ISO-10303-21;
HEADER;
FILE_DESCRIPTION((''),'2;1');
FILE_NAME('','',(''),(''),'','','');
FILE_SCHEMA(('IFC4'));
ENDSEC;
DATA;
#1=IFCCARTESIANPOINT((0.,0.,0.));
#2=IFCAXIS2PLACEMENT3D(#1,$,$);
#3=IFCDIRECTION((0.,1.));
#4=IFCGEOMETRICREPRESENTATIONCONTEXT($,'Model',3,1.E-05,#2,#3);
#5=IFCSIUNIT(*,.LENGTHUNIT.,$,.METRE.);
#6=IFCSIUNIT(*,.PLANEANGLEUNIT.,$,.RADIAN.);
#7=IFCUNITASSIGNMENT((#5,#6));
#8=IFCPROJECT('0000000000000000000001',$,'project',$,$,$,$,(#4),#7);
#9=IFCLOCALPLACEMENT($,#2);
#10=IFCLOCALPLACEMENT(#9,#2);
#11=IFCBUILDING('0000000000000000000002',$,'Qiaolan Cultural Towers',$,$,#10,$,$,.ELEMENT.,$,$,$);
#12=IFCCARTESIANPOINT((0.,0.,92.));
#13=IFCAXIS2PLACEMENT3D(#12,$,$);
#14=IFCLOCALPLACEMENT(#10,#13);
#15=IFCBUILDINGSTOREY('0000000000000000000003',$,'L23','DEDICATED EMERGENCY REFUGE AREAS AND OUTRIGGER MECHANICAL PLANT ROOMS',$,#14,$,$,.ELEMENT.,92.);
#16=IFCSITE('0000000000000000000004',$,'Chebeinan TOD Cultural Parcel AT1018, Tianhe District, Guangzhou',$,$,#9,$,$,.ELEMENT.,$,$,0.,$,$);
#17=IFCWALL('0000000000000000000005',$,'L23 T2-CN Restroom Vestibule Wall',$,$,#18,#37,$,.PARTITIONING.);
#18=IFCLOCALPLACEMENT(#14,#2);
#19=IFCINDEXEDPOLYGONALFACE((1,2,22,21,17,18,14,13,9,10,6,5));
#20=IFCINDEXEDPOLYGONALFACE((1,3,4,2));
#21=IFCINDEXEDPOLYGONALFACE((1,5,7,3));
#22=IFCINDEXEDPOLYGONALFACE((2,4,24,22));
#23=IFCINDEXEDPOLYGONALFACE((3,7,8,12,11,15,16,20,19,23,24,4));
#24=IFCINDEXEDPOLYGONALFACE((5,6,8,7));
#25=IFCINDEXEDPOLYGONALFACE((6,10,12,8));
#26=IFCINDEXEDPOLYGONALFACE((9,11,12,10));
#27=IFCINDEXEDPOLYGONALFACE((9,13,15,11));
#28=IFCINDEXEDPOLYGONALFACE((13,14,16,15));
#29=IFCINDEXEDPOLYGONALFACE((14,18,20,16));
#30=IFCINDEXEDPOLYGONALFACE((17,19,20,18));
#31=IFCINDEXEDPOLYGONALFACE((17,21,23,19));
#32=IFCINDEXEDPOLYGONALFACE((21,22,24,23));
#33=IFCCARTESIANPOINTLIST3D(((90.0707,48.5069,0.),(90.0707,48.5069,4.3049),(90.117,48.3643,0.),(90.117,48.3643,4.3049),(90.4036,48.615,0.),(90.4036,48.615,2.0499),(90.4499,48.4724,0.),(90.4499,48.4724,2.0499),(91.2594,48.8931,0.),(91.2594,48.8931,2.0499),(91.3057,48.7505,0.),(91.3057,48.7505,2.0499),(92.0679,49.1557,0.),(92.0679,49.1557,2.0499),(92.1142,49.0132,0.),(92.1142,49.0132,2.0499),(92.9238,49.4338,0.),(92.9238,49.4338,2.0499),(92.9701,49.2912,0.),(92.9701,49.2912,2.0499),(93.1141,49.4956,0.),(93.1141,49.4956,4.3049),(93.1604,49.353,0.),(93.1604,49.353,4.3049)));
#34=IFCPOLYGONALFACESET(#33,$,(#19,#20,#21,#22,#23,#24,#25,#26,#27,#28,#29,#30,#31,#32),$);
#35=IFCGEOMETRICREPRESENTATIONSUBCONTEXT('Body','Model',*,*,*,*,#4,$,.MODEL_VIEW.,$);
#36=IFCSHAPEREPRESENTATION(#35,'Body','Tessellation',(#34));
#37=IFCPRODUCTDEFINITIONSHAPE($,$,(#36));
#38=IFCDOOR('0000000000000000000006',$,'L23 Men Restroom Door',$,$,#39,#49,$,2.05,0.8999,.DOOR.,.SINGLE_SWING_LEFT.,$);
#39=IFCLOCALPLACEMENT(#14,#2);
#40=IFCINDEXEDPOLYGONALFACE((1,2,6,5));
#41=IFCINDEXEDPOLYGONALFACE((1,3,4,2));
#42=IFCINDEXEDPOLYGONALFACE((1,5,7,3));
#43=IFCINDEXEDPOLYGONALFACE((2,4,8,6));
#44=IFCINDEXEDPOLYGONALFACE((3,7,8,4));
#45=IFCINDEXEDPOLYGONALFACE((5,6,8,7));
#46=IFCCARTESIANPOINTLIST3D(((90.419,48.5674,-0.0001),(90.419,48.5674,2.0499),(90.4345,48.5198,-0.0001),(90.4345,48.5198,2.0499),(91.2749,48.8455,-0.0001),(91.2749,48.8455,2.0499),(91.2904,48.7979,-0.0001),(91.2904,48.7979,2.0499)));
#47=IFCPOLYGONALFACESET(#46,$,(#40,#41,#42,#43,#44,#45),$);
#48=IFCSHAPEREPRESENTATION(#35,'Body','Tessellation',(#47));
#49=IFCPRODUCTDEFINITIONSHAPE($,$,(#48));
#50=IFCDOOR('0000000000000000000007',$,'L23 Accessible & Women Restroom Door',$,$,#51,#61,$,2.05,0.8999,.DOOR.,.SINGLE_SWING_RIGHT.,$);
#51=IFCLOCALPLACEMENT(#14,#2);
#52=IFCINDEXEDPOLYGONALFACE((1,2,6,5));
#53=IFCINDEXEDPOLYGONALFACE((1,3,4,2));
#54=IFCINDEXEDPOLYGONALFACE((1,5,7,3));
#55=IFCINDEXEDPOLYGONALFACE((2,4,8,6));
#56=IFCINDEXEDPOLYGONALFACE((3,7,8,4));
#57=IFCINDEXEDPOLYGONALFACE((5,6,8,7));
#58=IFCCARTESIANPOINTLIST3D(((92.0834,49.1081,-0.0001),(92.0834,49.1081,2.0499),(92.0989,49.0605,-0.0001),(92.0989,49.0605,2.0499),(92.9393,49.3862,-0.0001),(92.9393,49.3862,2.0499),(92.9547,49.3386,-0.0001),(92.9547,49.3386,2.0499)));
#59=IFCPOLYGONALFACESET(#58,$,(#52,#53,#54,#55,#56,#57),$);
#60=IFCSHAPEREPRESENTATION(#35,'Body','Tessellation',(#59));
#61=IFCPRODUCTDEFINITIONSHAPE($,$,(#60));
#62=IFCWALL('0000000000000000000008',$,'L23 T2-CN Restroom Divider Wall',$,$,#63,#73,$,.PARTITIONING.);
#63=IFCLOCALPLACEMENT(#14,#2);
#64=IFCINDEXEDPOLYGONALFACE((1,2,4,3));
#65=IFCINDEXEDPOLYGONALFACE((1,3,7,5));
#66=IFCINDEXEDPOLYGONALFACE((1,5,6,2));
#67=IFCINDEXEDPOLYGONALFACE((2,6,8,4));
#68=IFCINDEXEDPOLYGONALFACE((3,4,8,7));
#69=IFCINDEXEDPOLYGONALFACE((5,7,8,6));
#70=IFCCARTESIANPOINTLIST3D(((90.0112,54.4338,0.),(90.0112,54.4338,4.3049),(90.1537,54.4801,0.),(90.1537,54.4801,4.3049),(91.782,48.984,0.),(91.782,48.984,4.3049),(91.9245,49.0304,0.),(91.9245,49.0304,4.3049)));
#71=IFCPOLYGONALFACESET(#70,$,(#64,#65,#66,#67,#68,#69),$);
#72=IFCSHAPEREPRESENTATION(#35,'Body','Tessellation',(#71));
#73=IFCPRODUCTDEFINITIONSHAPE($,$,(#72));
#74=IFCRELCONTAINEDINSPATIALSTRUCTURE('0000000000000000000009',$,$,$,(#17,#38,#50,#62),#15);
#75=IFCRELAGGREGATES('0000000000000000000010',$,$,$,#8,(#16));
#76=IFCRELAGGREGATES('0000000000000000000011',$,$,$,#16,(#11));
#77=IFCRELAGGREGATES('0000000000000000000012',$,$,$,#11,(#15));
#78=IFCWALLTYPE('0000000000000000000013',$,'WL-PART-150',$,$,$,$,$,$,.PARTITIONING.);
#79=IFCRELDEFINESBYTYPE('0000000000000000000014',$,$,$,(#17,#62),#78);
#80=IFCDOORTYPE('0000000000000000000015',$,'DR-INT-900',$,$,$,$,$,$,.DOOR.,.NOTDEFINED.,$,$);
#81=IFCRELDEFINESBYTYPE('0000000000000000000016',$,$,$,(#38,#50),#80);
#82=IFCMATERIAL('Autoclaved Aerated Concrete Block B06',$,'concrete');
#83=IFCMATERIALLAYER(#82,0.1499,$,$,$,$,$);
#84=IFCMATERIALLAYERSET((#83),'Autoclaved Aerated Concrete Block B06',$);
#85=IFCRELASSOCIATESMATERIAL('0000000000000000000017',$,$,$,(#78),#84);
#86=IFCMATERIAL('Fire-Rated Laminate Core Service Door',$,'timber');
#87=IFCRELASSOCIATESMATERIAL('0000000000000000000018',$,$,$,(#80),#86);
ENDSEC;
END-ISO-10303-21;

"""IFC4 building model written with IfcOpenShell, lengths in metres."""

from ifc_helpers import new_model, si_unit, direction, frame, frame_2d, origin, place, context, subcontext, project, spatial, rectangle, extrude, material, layer, layer_set, type_object, element, fill, save


model = new_model("IFC4")

# Units and contexts
model_context = context("Model", 3, precision=1e-05, world=origin(), true_north=direction((0.0, 1.0)))
body_context = subcontext(model_context, "Body", "Model", "MODEL_VIEW")
ifc_project = project(units=[si_unit("LENGTHUNIT", "METRE"), si_unit("PLANEANGLEUNIT", "RADIAN")], contexts=[model_context])

# Site, building, storey
site_placement = place(None, origin())
site = spatial("IfcSite", under=ifc_project, at=site_placement, Name="Chebeinan TOD Cultural Parcel AT1018, Tianhe District, Guangzhou", CompositionType="ELEMENT", RefElevation=0.0)
building_placement = place(site_placement, origin())
building = spatial("IfcBuilding", under=site, at=building_placement, Name="Qiaolan Cultural Towers", CompositionType="ELEMENT")
storey_placement = place(building_placement, frame((0.0, 0.0, 92.0)))
storey = spatial("IfcBuildingStorey", under=building, at=storey_placement, Name="L23", Description="DEDICATED EMERGENCY REFUGE AREAS AND OUTRIGGER MECHANICAL PLANT ROOMS", CompositionType="ELEMENT", Elevation=92.0)

# Wall, openings, doors
ifc_material_1 = material(Name="Autoclaved Aerated Concrete Block B06", Category="concrete")
ifc_layer_1 = layer(ifc_material_1, 0.1499)
ifc_layer_set_1 = layer_set([ifc_layer_1], Name="Autoclaved Aerated Concrete Block B06")
wall_type_1 = type_object("IfcWallType", Name="WL-PART-150", PredefinedType="PARTITIONING", material=ifc_layer_set_1)
wall_1_placement = place(storey_placement, frame((90.0938, 48.4355, 0.0), z_axis=(0.0, 0.0, 1.0), x_axis=(0.951067, 0.308986, 0.0)))
wall_1 = element("IfcWall", 1, at=wall_1_placement, inside=storey, type_object=wall_type_1, Name="L23 T2-CN Restroom Vestibule Wall", PredefinedType="PARTITIONING", context=body_context, shape_type="SweptSolid", body=[
    extrude(rectangle(XDim=3.2, YDim=0.1499, at=frame_2d((1.6001, 0.0))), origin(), (0.0, 0.0, 1.0), 4.3049),
])
opening_1_placement = place(wall_1_placement, frame((0.3501, 0.0, 0.0)))
opening_1 = element("IfcOpeningElement", 2, at=opening_1_placement, cuts=wall_1, PredefinedType="OPENING", context=body_context, shape_type="SweptSolid", body=[
    extrude(rectangle(XDim=0.8999, YDim=2.05, at=frame_2d((0.45, 1.0249))), frame((0.0, 0.085, 0.0), z_axis=(0.0, -1.0, 0.0), x_axis=(1.0, 0.0, 0.0)), (0.0, 0.0, 1.0), 0.1699),
])
opening_2_placement = place(wall_1_placement, frame((2.1001, 0.0, 0.0)))
opening_2 = element("IfcOpeningElement", 3, at=opening_2_placement, cuts=wall_1, PredefinedType="OPENING", context=body_context, shape_type="SweptSolid", body=[
    extrude(rectangle(XDim=0.8999, YDim=2.05, at=frame_2d((0.45, 1.0249))), frame((0.0, 0.085, 0.0), z_axis=(0.0, -1.0, 0.0), x_axis=(1.0, 0.0, 0.0)), (0.0, 0.0, 1.0), 0.1699),
])
ifc_material_2 = material(Name="Fire-Rated Laminate Core Service Door", Category="timber")
door_type = type_object("IfcDoorType", Name="DR-INT-900", OperationType="NOTDEFINED", PredefinedType="DOOR", material=ifc_material_2)
door_1_placement = place(opening_1_placement, origin())
door_1 = element("IfcDoor", 4, at=door_1_placement, inside=storey, type_object=door_type, Name="L23 Men Restroom Door", OperationType="SINGLE_SWING_LEFT", OverallHeight=2.05, OverallWidth=0.8999, PredefinedType="DOOR", context=body_context, shape_type="SweptSolid", body=[
    extrude(rectangle(XDim=0.8999, YDim=2.05, at=frame_2d((0.45, 1.0249))), frame((0.0, 0.0249, 0.0), z_axis=(0.0, -1.0, 0.0), x_axis=(1.0, 0.0, 0.0)), (0.0, 0.0, 1.0), 0.05),
])
fill(opening_1, door_1)
door_2_placement = place(opening_2_placement, origin())
door_2 = element("IfcDoor", 5, at=door_2_placement, inside=storey, type_object=door_type, Name="L23 Accessible & Women Restroom Door", OperationType="SINGLE_SWING_RIGHT", OverallHeight=2.05, OverallWidth=0.8999, PredefinedType="DOOR", context=body_context, shape_type="SweptSolid", body=[
    extrude(rectangle(XDim=0.8999, YDim=2.05, at=frame_2d((0.45, 1.0249))), frame((0.0, 0.0249, 0.0), z_axis=(0.0, -1.0, 0.0), x_axis=(1.0, 0.0, 0.0)), (0.0, 0.0, 1.0), 0.05),
])
fill(opening_2, door_2)

# Wall
wall_2_placement = place(storey_placement, frame((91.8533, 49.0071, 0.0), z_axis=(0.0, 0.0, 1.0), x_axis=(-0.309022, 0.951055, 0.0)))
element("IfcWall", 6, at=wall_2_placement, inside=storey, type_object=wall_type_1, Name="L23 T2-CN Restroom Divider Wall", PredefinedType="PARTITIONING", context=body_context, shape_type="SweptSolid", body=[
    extrude(rectangle(XDim=5.7302, YDim=0.1499, at=frame_2d((2.8652, 0.0))), origin(), (0.0, 0.0, 1.0), 4.3049),
])

save(model, "model.ifc")
